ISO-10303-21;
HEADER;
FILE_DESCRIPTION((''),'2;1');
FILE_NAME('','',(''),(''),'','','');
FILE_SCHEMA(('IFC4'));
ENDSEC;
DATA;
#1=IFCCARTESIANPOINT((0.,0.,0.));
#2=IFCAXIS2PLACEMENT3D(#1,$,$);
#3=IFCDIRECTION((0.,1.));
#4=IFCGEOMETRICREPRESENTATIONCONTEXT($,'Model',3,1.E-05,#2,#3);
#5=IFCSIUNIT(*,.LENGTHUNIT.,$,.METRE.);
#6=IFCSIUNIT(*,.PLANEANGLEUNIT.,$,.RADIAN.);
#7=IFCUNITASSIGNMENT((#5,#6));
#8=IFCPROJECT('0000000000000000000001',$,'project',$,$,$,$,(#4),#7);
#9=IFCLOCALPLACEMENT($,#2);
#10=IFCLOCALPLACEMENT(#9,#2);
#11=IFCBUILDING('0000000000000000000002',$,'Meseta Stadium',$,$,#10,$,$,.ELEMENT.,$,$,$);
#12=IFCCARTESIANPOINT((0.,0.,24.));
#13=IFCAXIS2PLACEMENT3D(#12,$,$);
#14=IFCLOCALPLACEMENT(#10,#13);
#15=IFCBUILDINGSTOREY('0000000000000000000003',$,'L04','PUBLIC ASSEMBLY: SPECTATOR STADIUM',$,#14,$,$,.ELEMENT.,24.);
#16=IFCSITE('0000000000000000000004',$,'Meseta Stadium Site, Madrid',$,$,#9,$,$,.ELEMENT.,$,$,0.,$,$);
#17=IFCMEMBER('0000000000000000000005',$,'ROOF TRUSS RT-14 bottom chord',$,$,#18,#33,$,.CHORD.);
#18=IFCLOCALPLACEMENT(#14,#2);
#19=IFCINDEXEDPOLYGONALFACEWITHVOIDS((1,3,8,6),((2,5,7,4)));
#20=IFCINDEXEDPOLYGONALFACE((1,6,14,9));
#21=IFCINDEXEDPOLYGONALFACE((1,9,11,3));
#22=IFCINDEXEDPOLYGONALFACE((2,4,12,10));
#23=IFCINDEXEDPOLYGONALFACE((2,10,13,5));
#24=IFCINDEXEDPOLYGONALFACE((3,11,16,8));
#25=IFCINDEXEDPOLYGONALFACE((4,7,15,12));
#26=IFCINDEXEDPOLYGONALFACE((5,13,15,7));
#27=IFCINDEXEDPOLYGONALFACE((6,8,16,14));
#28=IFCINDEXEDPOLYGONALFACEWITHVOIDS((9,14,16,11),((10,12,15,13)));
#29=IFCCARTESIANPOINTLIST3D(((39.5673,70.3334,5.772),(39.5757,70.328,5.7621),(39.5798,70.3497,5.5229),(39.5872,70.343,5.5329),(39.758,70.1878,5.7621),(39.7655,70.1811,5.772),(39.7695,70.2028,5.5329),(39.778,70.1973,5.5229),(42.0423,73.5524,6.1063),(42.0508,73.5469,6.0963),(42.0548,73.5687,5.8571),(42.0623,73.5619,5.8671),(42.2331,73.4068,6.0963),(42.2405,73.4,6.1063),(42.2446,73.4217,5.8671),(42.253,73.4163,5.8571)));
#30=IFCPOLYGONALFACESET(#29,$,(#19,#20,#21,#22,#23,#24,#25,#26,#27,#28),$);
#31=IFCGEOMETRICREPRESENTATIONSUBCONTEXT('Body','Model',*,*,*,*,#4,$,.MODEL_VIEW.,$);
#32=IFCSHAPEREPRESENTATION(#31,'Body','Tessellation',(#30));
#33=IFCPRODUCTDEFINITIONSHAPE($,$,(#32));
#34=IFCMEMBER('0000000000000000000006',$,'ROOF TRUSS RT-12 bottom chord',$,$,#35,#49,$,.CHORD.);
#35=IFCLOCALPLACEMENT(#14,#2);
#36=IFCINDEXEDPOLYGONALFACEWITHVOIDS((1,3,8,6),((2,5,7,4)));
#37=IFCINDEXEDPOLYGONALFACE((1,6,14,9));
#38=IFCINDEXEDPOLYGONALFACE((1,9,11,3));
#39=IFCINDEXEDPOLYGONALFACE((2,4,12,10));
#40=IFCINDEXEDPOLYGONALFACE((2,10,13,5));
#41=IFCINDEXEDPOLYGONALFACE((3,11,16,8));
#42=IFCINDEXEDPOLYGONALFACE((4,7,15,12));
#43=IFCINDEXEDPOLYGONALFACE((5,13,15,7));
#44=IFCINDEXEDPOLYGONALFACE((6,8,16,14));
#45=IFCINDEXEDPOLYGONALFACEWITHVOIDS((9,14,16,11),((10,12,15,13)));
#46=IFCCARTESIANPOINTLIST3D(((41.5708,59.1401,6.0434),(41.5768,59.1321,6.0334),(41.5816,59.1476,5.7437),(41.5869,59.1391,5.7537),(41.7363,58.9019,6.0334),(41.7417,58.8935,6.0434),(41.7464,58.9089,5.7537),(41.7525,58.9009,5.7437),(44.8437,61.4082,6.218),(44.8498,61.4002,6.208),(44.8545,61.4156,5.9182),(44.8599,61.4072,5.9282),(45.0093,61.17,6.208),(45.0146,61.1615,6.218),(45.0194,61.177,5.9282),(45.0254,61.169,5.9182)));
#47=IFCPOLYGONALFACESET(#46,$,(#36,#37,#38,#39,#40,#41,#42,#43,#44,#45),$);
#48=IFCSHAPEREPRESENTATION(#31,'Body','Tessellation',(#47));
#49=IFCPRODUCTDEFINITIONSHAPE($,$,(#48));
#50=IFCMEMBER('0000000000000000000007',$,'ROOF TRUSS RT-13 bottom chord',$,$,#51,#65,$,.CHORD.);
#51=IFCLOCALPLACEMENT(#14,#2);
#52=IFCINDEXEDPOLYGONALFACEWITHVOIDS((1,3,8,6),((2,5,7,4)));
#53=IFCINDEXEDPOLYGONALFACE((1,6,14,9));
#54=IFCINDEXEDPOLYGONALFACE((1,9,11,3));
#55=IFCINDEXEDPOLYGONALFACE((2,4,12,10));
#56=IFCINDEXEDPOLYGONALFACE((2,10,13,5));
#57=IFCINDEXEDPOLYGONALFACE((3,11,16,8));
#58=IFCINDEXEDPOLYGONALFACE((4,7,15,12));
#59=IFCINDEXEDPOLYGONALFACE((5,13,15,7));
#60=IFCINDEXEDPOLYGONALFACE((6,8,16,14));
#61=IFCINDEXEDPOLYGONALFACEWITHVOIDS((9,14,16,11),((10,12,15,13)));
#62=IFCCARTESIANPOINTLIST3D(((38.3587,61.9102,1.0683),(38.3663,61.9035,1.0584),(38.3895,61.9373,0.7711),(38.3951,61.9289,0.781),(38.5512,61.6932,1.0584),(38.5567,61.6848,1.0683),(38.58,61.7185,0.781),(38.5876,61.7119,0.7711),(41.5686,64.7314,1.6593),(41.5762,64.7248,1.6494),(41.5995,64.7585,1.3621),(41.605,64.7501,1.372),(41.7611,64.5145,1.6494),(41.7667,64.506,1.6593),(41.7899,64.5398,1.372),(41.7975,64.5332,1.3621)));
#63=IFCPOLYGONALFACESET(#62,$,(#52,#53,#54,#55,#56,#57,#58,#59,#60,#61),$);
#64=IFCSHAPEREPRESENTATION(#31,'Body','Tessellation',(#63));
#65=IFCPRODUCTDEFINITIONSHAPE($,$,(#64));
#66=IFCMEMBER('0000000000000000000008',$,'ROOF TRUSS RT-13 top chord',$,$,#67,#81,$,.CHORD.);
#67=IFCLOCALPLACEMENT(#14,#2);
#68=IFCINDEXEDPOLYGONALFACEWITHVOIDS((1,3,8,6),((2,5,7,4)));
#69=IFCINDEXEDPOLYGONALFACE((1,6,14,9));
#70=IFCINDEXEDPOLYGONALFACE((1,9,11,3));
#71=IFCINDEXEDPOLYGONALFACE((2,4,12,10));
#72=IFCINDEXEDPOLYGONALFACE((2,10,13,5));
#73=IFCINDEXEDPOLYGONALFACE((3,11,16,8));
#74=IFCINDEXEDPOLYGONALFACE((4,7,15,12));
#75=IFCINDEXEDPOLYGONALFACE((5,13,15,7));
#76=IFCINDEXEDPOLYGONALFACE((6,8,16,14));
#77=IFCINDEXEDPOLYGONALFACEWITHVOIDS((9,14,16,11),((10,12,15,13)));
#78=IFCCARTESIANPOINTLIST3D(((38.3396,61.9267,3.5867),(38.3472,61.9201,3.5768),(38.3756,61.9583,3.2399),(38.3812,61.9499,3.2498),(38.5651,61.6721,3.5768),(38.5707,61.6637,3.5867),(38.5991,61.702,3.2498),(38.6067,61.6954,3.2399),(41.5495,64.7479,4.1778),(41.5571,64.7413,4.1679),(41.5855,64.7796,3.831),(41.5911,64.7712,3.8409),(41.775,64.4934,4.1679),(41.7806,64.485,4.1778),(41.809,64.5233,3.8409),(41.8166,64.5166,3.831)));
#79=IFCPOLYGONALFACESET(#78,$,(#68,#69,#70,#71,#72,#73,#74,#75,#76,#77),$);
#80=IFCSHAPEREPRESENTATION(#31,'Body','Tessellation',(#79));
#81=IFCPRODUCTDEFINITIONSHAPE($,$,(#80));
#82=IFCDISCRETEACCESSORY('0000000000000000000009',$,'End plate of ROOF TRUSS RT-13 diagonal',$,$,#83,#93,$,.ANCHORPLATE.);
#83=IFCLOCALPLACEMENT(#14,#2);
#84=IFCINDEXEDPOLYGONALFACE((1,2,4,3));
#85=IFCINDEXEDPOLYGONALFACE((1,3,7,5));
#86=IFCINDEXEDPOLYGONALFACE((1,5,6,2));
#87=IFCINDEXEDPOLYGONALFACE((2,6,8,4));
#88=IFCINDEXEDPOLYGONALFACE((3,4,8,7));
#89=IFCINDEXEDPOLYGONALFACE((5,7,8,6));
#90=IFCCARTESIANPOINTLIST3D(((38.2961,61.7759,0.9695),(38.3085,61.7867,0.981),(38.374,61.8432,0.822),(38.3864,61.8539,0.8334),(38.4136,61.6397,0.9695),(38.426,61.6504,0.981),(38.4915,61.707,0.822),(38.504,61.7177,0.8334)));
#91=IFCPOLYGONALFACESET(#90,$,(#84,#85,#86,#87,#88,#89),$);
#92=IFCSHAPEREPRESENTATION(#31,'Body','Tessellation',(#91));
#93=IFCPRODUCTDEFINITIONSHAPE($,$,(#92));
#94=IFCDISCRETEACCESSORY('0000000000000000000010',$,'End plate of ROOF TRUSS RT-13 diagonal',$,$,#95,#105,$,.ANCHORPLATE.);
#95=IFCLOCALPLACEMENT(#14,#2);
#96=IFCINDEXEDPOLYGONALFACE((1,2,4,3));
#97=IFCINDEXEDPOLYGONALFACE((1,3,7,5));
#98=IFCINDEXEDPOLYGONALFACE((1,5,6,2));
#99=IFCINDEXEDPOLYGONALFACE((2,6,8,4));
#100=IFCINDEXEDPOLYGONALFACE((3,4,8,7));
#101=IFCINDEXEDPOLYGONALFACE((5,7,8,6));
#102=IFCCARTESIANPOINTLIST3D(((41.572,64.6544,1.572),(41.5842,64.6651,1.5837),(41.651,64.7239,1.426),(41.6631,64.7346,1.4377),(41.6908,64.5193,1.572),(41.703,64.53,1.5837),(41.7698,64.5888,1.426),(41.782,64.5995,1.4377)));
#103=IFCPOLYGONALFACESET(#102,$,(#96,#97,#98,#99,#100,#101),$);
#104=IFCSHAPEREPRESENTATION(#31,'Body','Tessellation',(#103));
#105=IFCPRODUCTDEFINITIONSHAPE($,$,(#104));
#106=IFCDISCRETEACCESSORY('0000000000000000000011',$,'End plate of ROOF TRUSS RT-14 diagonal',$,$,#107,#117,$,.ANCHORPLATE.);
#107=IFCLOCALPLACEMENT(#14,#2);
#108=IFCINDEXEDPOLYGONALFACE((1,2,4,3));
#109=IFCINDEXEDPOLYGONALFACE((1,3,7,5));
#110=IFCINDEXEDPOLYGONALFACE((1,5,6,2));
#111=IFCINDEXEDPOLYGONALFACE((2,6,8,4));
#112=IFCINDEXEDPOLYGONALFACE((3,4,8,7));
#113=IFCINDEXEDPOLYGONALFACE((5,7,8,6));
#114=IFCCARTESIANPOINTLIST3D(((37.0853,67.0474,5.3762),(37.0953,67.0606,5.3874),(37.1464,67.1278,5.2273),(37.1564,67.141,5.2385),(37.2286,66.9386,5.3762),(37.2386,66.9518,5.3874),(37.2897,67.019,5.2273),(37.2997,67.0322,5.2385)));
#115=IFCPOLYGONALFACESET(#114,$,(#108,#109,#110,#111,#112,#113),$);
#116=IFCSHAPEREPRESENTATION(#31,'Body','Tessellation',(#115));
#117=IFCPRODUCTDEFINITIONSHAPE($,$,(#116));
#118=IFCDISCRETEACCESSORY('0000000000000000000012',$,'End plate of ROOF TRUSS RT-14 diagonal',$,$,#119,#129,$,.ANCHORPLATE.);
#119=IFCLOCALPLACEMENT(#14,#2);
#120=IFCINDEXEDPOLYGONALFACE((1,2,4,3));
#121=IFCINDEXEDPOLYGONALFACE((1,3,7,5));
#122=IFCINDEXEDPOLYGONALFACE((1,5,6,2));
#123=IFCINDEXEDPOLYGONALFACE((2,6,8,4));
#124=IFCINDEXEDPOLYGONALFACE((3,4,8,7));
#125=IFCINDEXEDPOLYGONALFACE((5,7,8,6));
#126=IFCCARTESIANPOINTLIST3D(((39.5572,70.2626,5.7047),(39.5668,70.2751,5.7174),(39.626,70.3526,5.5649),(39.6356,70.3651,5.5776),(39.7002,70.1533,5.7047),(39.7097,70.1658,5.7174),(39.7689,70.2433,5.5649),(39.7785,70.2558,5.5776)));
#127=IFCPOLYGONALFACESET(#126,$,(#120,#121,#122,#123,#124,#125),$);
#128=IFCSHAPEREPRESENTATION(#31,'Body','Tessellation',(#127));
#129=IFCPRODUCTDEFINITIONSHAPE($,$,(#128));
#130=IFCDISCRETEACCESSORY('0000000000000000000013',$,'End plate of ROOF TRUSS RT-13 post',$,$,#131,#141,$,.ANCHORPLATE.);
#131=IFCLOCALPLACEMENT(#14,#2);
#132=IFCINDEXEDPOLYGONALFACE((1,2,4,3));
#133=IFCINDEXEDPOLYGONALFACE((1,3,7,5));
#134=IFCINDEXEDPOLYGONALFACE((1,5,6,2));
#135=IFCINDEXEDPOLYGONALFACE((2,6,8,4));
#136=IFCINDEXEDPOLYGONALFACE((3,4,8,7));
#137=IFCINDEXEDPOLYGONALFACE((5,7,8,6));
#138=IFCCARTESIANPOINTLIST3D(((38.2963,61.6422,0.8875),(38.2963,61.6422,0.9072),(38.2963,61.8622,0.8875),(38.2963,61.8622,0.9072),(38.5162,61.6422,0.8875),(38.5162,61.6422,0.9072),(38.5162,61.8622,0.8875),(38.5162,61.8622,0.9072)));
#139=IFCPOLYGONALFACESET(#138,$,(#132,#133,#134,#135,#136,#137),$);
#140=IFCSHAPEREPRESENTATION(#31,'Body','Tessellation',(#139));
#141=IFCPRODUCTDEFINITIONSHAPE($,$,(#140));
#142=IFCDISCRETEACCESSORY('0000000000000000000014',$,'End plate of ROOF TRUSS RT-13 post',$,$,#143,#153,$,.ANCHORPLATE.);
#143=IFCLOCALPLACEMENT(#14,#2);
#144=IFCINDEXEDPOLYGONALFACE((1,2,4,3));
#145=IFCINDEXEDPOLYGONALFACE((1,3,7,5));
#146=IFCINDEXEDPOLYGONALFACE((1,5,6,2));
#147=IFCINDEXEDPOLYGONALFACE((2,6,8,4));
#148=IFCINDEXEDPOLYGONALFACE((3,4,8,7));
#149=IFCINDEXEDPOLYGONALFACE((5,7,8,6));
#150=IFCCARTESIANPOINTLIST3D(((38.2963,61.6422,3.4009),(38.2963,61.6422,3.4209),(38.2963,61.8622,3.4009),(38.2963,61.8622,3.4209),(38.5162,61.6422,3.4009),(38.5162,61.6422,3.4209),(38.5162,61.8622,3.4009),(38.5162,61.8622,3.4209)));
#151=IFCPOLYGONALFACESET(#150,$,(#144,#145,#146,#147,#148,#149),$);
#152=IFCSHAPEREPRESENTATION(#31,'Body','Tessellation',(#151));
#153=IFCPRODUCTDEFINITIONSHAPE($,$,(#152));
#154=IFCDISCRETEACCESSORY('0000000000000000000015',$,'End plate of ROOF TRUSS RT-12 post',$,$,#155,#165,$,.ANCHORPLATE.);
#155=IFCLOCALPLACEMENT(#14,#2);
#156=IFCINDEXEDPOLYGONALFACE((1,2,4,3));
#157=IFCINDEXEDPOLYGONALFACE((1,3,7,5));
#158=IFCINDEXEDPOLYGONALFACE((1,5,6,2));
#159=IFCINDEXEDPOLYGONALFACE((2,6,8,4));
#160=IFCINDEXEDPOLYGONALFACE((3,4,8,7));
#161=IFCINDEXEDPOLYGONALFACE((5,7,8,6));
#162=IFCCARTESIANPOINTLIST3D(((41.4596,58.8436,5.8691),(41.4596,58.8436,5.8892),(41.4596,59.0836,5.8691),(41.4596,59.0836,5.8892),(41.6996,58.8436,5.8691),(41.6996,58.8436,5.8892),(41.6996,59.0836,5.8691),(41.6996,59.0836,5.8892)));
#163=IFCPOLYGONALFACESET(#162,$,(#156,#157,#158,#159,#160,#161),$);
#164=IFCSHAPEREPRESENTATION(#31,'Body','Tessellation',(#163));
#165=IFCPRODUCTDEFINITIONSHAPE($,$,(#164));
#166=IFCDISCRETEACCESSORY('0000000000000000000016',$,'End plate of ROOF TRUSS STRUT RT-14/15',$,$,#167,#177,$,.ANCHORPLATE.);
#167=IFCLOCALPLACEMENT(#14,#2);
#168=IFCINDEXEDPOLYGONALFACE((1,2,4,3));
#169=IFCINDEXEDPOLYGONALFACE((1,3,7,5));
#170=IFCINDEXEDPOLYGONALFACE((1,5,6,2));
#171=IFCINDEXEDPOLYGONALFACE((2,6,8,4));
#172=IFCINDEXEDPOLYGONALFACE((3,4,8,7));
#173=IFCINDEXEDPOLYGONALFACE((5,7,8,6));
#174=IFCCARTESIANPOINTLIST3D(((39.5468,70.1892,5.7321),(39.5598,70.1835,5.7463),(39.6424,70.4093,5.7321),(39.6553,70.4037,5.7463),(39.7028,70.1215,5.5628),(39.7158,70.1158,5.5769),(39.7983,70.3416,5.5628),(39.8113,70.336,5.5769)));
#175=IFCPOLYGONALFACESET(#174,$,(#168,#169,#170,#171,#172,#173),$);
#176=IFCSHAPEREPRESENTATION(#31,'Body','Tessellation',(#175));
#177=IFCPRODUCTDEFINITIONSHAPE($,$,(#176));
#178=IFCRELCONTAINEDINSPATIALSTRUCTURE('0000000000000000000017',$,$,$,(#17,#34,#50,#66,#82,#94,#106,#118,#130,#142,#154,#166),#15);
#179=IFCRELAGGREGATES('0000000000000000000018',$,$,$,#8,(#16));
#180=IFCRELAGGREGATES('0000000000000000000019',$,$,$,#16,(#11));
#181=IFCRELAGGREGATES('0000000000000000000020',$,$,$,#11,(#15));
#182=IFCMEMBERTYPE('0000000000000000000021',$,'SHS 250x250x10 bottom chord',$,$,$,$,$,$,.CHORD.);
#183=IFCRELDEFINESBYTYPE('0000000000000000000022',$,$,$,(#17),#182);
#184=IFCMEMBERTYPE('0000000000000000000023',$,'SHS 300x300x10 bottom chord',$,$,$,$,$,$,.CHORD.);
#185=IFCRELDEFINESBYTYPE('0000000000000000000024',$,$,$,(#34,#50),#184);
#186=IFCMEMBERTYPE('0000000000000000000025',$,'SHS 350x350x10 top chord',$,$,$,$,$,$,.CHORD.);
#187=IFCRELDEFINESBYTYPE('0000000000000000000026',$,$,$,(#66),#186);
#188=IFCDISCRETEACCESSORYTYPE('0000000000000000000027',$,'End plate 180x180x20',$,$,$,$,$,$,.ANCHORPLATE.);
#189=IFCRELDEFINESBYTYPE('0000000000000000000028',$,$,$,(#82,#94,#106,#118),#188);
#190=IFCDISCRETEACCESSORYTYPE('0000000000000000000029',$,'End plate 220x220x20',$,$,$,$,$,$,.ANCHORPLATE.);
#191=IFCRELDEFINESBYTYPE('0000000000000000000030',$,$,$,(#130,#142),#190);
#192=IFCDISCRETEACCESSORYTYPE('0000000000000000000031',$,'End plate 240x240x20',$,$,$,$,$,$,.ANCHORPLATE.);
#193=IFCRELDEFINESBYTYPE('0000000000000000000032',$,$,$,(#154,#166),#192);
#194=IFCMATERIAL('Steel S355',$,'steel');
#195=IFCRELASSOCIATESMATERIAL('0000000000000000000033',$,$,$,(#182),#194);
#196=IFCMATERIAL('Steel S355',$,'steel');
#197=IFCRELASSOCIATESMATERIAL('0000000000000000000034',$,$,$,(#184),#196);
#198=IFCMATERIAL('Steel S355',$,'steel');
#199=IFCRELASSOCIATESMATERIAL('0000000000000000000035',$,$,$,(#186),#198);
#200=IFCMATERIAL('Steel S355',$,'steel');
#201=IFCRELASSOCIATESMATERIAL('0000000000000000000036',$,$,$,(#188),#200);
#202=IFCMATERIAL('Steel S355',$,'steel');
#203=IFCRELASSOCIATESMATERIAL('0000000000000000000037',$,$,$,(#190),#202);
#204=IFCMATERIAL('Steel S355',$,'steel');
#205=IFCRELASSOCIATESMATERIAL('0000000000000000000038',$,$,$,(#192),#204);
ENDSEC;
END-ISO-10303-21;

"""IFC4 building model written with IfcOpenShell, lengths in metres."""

from ifc_helpers import new_model, si_unit, direction, frame, origin, origin_2d, place, context, subcontext, project, spatial, rectangle, hollow_rectangle, extrude, material, material_profile, profile_set, type_object, element, save


model = new_model("IFC4")

# Units and contexts
model_context = context("Model", 3, precision=1e-05, world=origin(), true_north=direction((0.0, 1.0)))
body_context = subcontext(model_context, "Body", "Model", "MODEL_VIEW")
ifc_project = project(units=[si_unit("LENGTHUNIT", "METRE"), si_unit("PLANEANGLEUNIT", "RADIAN")], contexts=[model_context])

# Site, building, storey
site_placement = place(None, origin())
site = spatial("IfcSite", under=ifc_project, at=site_placement, Name="Meseta Stadium Site, Madrid", CompositionType="ELEMENT", RefElevation=0.0)
building_placement = place(site_placement, origin())
building = spatial("IfcBuilding", under=site, at=building_placement, Name="Meseta Stadium", CompositionType="ELEMENT")
storey_placement = place(building_placement, frame((0.0, 0.0, 24.0)))
storey = spatial("IfcBuildingStorey", under=building, at=storey_placement, Name="L04", Description="PUBLIC ASSEMBLY: SPECTATOR STADIUM", CompositionType="ELEMENT", Elevation=24.0)

# Members
ifc_material_1 = material(Name="Steel S355", Category="steel")
ifc_material_profile_1 = material_profile(ifc_material_1, hollow_rectangle(XDim=0.25, YDim=0.25, WallThickness=0.01, at=origin_2d()), Name="SHS 250x250x10")
ifc_profile_set_1 = profile_set([ifc_material_profile_1], Name="Steel S355")
member_type_1 = type_object("IfcMemberType", Name="SHS 250x250x10 bottom chord", PredefinedType="CHORD", material=ifc_profile_set_1)
for number, where, z_axis, x_axis, name in (
    (1, (39.6726, 70.2654, 5.6475), (0.607494, 0.790077, 0.082034), (-0.792749, 0.609548, 0.0), "ROOF TRUSS RT-14 bottom chord"),
):
    element("IfcMember", number, at=place(storey_placement, frame(where, z_axis=z_axis, x_axis=x_axis)), inside=storey, type_object=member_type_1, Name=name, PredefinedType="CHORD", context=body_context, shape_type="SweptSolid", body=[
        extrude(hollow_rectangle(XDim=0.25, YDim=0.25, WallThickness=0.01, at=origin_2d()), origin(), (0.0, 0.0, 1.0), 4.0742),
    ])
ifc_material_2 = material(Name="Steel S355", Category="steel")
ifc_material_profile_2 = material_profile(ifc_material_2, hollow_rectangle(XDim=0.3, YDim=0.3, WallThickness=0.01, at=origin_2d()), Name="SHS 300x300x10")
ifc_profile_set_2 = profile_set([ifc_material_profile_2], Name="Steel S355")
member_type_2 = type_object("IfcMemberType", Name="SHS 300x300x10 bottom chord", PredefinedType="CHORD", material=ifc_profile_set_2)
member_1_placement = place(storey_placement, frame((41.6616, 59.0205, 5.8936), z_axis=(0.821147, 0.569033, 0.043795), x_axis=(-0.56958, 0.821936, 0.0)))
element("IfcMember", 2, at=member_1_placement, inside=storey, type_object=member_type_2, Name="ROOF TRUSS RT-12 bottom chord", PredefinedType="CHORD", context=body_context, shape_type="SweptSolid", body=[
    extrude(hollow_rectangle(XDim=0.3, YDim=0.3, WallThickness=0.01, at=origin_2d()), origin(), (0.0, 0.0, 1.0), 3.9858),
])
member_2_placement = place(storey_placement, frame((38.4731, 61.811, 0.9197), z_axis=(0.744034, 0.653944, 0.137002), x_axis=(-0.660169, 0.751117, 0.0)))
element("IfcMember", 3, at=member_2_placement, inside=storey, type_object=member_type_2, Name="ROOF TRUSS RT-13 bottom chord", PredefinedType="CHORD", context=body_context, shape_type="SweptSolid", body=[
    extrude(hollow_rectangle(XDim=0.3, YDim=0.3, WallThickness=0.01, at=origin_2d()), origin(), (0.0, 0.0, 1.0), 4.3142),
])
ifc_material_3 = material(Name="Steel S355", Category="steel")
ifc_material_profile_3 = material_profile(ifc_material_3, hollow_rectangle(XDim=0.3501, YDim=0.3501, WallThickness=0.01, at=origin_2d()), Name="SHS 350x350x10")
ifc_profile_set_3 = profile_set([ifc_material_profile_3], Name="Steel S355")
member_type_3 = type_object("IfcMemberType", Name="SHS 350x350x10 top chord", PredefinedType="CHORD", material=ifc_profile_set_3)
member_3_placement = place(storey_placement, frame((38.4731, 61.811, 3.4133), z_axis=(0.744034, 0.653944, 0.137002), x_axis=(-0.660169, 0.751117, 0.0)))
element("IfcMember", 4, at=member_3_placement, inside=storey, type_object=member_type_3, Name="ROOF TRUSS RT-13 top chord", PredefinedType="CHORD", context=body_context, shape_type="SweptSolid", body=[
    extrude(hollow_rectangle(XDim=0.3501, YDim=0.3501, WallThickness=0.01, at=origin_2d()), origin(), (0.0, 0.0, 1.0), 4.3142),
])

# Discrete accessories
ifc_material_4 = material(Name="Steel S355", Category="steel")
ifc_material_profile_4 = material_profile(ifc_material_4, rectangle(XDim=0.1799, YDim=0.1799, at=origin_2d()), Name="PL 180x180")
ifc_profile_set_4 = profile_set([ifc_material_profile_4], Name="Steel S355")
discrete_accessory_type_1 = type_object("IfcDiscreteAccessoryType", Name="End plate 180x180x20", PredefinedType="ANCHORPLATE", material=ifc_profile_set_4)
for number, where, z_axis, x_axis, name in (
    (5, (38.3938, 61.7415, 0.8958), (0.620936, 0.53571, 0.572235), (-0.653233, 0.757157, 0.0), "End plate of ROOF TRUSS RT-13 diagonal"),
    (6, (41.6709, 64.6216, 1.499), (0.609032, 0.535948, 0.584671), (-0.660628, 0.750714, 0.0), "End plate of ROOF TRUSS RT-13 diagonal"),
    (7, (37.1875, 67.0332, 5.3018), (0.500409, 0.659076, 0.561435), (-0.796446, 0.604709, 0.0), "End plate of ROOF TRUSS RT-14 diagonal"),
):
    element("IfcDiscreteAccessory", number, at=place(storey_placement, frame(where, z_axis=z_axis, x_axis=x_axis)), inside=storey, type_object=discrete_accessory_type_1, Name=name, PredefinedType="ANCHORPLATE", context=body_context, shape_type="SweptSolid", body=[
        extrude(rectangle(XDim=0.1799, YDim=0.1799, at=origin_2d()), origin(), (0.0, 0.0, 1.0), 0.02),
    ])
discrete_accessory_1_placement = place(storey_placement, frame((39.6631, 70.2529, 5.6348), z_axis=(0.472043, 0.617287, 0.629391), x_axis=(-0.794358, 0.60745, 0.0)))
element("IfcDiscreteAccessory", 8, at=discrete_accessory_1_placement, inside=storey, type_object=discrete_accessory_type_1, Name="End plate of ROOF TRUSS RT-14 diagonal", PredefinedType="ANCHORPLATE", context=body_context, shape_type="SweptSolid", body=[
    extrude(rectangle(XDim=0.1799, YDim=0.1799, at=origin_2d()), origin(), (0.0, 0.0, 1.0), 0.0203),
])
ifc_material_5 = material(Name="Steel S355", Category="steel")
ifc_material_profile_5 = material_profile(ifc_material_5, rectangle(XDim=0.22, YDim=0.22, at=origin_2d()), Name="PL 220x220")
ifc_profile_set_5 = profile_set([ifc_material_profile_5], Name="Steel S355")
discrete_accessory_type_2 = type_object("IfcDiscreteAccessoryType", Name="End plate 220x220x20", PredefinedType="ANCHORPLATE", material=ifc_profile_set_5)
discrete_accessory_2_placement = place(storey_placement, frame((38.4062, 61.7522, 0.8875), z_axis=(0.0, 0.0, 1.0), x_axis=(1.0, 0.0, 0.0)))
element("IfcDiscreteAccessory", 9, at=discrete_accessory_2_placement, inside=storey, type_object=discrete_accessory_type_2, Name="End plate of ROOF TRUSS RT-13 post", PredefinedType="ANCHORPLATE", context=body_context, shape_type="SweptSolid", body=[
    extrude(rectangle(XDim=0.22, YDim=0.22, at=origin_2d()), origin(), (0.0, 0.0, 1.0), 0.0198),
])
discrete_accessory_3_placement = place(storey_placement, frame((38.4062, 61.7522, 3.4009), z_axis=(0.0, 0.0, 1.0), x_axis=(1.0, 0.0, 0.0)))
element("IfcDiscreteAccessory", 10, at=discrete_accessory_3_placement, inside=storey, type_object=discrete_accessory_type_2, Name="End plate of ROOF TRUSS RT-13 post", PredefinedType="ANCHORPLATE", context=body_context, shape_type="SweptSolid", body=[
    extrude(rectangle(XDim=0.22, YDim=0.22, at=origin_2d()), origin(), (0.0, 0.0, 1.0), 0.02),
])
ifc_material_6 = material(Name="Steel S355", Category="steel")
ifc_material_profile_6 = material_profile(ifc_material_6, rectangle(XDim=0.24, YDim=0.24, at=origin_2d()), Name="PL 240x240")
ifc_profile_set_6 = profile_set([ifc_material_profile_6], Name="Steel S355")
discrete_accessory_type_3 = type_object("IfcDiscreteAccessoryType", Name="End plate 240x240x20", PredefinedType="ANCHORPLATE", material=ifc_profile_set_6)
for number, where, z_axis, x_axis, name in (
    (11, (41.5796, 58.9636, 5.8691), (0.0, 0.0, 1.0), (1.0, 0.0, 0.0), "End plate of ROOF TRUSS RT-12 post"),
    (12, (39.6855, 70.2598, 5.6616), (-0.647401, 0.280948, -0.708477), (-0.398093, -0.917345, 0.0), "End plate of ROOF TRUSS STRUT RT-14/15"),
):
    element("IfcDiscreteAccessory", number, at=place(storey_placement, frame(where, z_axis=z_axis, x_axis=x_axis)), inside=storey, type_object=discrete_accessory_type_3, Name=name, PredefinedType="ANCHORPLATE", context=body_context, shape_type="SweptSolid", body=[
        extrude(rectangle(XDim=0.24, YDim=0.24, at=origin_2d()), origin(), (0.0, 0.0, 1.0), 0.02),
    ])

save(model, "model.ifc")
